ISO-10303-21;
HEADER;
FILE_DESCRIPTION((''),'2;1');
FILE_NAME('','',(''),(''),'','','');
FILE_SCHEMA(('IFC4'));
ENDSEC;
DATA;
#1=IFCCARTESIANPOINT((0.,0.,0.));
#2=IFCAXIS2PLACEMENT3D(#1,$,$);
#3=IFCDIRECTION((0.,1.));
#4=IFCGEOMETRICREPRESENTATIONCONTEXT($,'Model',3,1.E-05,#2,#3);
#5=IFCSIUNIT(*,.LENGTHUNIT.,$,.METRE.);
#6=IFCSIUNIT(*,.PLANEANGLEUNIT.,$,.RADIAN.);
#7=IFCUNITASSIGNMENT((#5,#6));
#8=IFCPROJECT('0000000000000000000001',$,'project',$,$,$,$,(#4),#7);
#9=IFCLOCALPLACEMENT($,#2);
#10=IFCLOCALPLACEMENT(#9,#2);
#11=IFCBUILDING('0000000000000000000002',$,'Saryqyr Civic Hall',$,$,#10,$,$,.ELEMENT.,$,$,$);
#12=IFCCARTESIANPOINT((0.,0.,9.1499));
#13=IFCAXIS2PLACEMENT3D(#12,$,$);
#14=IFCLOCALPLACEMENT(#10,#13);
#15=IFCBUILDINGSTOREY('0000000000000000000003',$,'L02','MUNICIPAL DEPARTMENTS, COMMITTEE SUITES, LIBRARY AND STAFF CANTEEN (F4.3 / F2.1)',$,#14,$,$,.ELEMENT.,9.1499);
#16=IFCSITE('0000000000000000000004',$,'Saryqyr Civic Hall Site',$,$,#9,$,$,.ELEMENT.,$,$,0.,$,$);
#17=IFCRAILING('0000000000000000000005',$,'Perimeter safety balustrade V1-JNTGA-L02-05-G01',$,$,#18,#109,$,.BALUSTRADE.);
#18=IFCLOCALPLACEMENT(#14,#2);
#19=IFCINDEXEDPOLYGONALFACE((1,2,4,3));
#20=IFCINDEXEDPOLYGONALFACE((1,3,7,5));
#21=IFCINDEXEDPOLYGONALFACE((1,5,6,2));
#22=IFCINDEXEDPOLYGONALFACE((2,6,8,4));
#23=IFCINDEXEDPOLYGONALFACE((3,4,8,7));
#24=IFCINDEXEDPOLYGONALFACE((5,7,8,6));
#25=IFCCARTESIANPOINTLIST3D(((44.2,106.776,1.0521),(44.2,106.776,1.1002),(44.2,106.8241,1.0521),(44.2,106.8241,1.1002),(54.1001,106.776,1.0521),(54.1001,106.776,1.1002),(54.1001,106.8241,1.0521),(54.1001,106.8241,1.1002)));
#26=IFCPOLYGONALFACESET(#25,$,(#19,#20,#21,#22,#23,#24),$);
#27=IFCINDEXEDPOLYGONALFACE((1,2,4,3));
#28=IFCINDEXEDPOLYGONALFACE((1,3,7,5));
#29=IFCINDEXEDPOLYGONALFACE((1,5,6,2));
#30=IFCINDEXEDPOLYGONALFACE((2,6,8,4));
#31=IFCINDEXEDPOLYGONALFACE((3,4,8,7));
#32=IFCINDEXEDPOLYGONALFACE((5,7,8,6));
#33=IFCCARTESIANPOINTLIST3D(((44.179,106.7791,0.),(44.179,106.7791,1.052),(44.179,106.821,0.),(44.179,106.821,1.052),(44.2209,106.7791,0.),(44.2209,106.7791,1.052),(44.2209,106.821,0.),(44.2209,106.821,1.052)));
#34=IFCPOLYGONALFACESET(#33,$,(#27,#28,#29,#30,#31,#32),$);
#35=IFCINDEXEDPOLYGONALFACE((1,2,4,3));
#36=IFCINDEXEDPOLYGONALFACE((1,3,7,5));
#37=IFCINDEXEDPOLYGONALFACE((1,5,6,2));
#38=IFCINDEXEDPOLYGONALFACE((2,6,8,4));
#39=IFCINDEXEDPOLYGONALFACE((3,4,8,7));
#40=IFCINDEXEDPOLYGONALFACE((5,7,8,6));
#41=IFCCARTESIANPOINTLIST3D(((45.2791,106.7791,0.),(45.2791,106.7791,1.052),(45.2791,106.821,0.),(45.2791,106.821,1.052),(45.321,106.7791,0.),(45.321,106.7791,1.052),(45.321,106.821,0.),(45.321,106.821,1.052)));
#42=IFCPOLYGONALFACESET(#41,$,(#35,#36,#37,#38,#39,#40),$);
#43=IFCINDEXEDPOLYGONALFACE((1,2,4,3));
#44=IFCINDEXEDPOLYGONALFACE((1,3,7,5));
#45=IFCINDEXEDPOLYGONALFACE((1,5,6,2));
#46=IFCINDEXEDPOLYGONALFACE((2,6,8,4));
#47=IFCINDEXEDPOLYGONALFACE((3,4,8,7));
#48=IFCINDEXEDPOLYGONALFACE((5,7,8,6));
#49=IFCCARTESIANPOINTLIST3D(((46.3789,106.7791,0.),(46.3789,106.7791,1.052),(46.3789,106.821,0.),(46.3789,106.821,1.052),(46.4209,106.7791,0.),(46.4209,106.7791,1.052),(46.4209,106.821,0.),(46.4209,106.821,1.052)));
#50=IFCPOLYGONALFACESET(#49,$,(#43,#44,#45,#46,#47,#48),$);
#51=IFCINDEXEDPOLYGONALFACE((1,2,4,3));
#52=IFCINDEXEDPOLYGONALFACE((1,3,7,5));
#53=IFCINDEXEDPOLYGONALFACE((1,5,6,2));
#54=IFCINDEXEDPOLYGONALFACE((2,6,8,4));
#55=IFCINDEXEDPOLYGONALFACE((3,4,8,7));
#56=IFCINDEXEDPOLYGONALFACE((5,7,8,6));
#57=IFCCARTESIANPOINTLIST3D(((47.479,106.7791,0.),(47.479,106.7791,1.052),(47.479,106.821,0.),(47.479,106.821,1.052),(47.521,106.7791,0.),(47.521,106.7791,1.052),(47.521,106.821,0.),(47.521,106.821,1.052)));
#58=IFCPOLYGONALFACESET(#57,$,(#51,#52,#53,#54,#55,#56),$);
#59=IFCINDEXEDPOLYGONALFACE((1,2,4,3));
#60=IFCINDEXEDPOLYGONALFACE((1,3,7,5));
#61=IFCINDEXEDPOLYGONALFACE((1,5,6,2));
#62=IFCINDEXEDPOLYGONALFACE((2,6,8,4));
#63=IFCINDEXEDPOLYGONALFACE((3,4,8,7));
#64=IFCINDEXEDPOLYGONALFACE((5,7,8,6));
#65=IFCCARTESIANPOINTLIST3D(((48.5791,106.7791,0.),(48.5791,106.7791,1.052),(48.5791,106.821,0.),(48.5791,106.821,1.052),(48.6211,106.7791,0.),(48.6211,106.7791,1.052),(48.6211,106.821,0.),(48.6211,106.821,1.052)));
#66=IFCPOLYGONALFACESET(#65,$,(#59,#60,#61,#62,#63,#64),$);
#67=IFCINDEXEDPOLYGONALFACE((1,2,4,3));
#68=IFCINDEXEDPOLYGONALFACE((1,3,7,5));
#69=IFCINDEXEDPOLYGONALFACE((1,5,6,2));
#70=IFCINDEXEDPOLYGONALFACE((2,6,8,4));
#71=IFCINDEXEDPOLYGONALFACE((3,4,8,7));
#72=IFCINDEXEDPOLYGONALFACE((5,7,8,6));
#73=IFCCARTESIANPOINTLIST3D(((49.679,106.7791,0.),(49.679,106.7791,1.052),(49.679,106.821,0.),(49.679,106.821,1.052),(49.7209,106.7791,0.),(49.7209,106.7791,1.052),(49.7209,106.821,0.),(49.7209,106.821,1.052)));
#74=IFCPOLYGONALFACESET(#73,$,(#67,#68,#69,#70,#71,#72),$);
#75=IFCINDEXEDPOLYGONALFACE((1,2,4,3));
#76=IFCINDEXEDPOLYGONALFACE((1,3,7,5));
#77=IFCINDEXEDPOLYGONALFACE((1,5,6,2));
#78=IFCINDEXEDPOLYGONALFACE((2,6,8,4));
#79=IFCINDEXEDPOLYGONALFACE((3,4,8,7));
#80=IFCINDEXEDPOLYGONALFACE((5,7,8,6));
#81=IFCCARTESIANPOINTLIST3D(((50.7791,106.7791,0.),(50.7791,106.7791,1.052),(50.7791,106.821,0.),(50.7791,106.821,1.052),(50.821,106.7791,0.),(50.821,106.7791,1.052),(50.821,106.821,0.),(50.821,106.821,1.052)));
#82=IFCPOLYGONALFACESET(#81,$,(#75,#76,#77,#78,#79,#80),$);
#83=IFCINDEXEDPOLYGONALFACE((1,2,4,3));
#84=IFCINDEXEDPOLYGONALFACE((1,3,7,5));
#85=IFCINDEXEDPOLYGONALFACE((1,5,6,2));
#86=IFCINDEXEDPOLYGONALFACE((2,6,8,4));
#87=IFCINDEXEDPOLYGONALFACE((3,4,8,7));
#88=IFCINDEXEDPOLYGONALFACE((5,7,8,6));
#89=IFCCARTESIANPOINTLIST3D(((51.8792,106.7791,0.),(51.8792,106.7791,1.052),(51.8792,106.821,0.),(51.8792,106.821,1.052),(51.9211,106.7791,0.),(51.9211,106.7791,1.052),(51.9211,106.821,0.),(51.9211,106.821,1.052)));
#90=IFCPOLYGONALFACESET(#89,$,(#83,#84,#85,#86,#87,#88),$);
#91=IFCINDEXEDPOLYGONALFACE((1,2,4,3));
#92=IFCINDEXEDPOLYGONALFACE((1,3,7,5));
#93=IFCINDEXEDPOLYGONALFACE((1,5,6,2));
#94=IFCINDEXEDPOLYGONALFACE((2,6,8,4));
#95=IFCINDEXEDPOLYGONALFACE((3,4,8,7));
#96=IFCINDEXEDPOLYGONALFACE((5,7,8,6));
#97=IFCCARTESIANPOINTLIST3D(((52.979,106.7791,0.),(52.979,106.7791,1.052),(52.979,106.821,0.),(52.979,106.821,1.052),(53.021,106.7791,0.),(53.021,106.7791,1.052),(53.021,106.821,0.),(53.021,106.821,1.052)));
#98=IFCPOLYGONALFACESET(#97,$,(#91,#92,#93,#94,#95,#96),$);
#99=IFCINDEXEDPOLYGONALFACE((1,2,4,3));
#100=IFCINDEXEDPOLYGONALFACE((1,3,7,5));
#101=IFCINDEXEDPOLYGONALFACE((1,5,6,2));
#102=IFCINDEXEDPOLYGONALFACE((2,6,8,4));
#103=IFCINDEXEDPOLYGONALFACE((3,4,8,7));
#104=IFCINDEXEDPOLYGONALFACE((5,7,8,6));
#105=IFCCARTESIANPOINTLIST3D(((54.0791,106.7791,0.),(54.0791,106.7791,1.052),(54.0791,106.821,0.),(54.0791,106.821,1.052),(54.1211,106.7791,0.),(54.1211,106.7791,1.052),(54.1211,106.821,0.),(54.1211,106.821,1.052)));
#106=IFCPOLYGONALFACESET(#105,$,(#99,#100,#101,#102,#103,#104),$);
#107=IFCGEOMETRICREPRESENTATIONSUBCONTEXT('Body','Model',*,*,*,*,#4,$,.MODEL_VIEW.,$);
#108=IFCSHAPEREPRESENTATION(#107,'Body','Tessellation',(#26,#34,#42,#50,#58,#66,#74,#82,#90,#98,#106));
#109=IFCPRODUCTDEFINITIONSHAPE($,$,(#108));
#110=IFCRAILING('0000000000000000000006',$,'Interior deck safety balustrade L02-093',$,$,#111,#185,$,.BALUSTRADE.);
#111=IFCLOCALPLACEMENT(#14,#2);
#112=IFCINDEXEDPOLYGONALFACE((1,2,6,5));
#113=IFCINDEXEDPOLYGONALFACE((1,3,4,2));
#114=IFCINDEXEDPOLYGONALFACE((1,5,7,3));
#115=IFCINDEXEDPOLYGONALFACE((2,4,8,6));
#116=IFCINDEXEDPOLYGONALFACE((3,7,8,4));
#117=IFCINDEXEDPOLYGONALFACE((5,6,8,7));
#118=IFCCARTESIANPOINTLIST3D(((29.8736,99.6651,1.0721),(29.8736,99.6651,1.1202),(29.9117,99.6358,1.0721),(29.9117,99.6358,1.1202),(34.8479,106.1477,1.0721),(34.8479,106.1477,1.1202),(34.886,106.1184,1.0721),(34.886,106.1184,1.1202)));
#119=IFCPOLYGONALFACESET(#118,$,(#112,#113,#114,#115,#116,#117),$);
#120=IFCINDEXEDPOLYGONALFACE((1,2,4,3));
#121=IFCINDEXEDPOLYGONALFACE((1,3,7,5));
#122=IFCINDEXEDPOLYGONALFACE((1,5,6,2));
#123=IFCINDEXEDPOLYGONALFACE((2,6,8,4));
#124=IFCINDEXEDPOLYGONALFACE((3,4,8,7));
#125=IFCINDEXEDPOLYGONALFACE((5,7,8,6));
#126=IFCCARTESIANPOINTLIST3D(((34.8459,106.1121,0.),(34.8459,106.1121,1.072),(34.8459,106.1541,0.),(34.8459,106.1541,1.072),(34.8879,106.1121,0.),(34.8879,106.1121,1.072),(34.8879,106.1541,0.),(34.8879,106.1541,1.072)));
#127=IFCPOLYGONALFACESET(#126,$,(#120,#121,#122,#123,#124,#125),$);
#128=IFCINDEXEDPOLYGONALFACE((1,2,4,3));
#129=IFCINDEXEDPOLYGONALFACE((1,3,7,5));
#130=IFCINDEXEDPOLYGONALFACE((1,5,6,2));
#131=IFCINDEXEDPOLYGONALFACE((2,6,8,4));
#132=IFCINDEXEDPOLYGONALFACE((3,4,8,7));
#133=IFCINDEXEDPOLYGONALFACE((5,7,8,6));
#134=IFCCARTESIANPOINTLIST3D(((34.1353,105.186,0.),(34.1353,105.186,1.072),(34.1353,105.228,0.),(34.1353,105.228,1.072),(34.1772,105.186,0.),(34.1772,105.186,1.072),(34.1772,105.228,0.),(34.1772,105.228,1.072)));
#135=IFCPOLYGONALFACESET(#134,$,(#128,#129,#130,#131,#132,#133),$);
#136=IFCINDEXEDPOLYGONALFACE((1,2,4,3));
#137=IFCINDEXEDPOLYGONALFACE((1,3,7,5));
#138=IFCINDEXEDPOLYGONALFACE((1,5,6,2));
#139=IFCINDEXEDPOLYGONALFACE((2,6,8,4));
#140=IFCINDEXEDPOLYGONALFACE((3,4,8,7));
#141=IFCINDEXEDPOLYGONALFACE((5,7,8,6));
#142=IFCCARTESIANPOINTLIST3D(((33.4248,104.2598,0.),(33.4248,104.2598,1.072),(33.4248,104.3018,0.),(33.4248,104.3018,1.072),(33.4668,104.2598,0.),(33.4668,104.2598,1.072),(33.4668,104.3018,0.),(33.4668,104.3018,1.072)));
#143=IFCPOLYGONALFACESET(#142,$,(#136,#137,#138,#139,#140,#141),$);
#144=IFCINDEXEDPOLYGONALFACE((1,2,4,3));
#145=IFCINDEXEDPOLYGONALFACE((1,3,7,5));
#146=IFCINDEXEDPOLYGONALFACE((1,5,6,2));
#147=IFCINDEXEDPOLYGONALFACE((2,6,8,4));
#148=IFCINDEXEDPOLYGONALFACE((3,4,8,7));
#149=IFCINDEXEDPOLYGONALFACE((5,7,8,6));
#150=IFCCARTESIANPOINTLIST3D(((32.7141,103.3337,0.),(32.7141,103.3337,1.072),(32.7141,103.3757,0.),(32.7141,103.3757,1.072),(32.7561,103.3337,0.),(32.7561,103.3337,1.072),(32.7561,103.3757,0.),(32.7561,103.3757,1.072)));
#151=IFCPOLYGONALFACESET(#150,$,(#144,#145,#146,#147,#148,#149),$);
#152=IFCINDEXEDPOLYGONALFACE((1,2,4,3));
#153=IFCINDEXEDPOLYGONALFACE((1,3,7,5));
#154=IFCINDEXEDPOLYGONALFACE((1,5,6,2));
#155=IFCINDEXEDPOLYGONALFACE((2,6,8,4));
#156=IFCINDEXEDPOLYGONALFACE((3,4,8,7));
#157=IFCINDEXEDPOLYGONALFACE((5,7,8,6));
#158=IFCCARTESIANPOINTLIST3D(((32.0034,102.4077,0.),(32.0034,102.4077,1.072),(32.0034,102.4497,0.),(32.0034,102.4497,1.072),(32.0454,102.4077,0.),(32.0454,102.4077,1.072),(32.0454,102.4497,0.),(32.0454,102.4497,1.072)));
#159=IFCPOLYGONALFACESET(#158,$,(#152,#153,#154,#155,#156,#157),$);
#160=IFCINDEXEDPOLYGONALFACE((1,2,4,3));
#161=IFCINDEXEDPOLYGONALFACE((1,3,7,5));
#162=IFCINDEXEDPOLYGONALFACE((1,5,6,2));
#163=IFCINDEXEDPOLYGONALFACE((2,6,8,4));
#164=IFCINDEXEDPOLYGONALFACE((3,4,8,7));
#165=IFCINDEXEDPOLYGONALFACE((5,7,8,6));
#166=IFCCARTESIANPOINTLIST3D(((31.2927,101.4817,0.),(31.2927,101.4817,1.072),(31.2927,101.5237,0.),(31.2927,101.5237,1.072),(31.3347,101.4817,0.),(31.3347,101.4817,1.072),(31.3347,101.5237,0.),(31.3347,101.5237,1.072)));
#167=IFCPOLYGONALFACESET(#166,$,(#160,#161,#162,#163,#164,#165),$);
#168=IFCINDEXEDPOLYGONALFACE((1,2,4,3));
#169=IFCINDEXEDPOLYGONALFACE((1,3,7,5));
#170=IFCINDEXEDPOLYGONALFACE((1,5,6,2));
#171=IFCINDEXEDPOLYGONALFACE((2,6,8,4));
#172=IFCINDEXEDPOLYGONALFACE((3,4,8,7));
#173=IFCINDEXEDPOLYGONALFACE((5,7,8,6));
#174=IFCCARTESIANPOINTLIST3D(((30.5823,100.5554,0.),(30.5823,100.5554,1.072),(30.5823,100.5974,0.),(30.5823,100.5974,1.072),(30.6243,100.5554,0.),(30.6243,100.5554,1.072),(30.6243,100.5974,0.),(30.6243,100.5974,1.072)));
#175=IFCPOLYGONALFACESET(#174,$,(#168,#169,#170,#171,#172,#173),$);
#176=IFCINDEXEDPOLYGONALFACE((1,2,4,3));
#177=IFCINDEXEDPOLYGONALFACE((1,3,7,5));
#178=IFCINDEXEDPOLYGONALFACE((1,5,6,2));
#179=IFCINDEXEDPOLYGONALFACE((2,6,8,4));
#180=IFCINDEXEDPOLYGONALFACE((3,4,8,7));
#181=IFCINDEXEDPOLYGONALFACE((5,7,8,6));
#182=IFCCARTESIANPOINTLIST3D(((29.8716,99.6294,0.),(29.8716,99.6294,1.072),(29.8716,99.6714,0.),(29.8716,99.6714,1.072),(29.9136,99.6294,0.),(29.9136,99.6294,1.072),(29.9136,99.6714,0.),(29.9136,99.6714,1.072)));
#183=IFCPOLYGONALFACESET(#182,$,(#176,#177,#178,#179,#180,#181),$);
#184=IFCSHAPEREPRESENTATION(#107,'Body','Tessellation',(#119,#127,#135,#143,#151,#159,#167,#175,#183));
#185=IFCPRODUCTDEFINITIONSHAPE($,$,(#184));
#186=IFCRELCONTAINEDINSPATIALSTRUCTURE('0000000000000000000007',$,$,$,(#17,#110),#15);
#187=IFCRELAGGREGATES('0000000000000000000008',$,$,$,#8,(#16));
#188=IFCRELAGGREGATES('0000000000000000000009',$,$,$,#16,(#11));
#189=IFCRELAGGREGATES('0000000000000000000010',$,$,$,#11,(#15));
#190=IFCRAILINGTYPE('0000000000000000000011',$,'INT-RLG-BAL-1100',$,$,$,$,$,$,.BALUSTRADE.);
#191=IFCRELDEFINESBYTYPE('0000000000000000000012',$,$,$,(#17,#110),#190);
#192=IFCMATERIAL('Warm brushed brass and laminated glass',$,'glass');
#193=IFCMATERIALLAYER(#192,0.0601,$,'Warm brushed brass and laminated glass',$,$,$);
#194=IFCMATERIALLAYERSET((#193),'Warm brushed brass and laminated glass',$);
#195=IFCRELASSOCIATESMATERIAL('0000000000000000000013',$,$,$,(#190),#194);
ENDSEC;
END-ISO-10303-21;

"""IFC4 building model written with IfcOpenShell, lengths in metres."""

from ifc_helpers import new_model, si_unit, direction, frame, origin, origin_2d, place, context, subcontext, project, spatial, rectangle, extrude, material, layer, layer_set, type_object, element, save


model = new_model("IFC4")

# Units and contexts
model_context = context("Model", 3, precision=1e-05, world=origin(), true_north=direction((0.0, 1.0)))
body_context = subcontext(model_context, "Body", "Model", "MODEL_VIEW")
ifc_project = project(units=[si_unit("LENGTHUNIT", "METRE"), si_unit("PLANEANGLEUNIT", "RADIAN")], contexts=[model_context])

# Site, building, storey
site_placement = place(None, origin())
site = spatial("IfcSite", under=ifc_project, at=site_placement, Name="Saryqyr Civic Hall Site", CompositionType="ELEMENT", RefElevation=0.0)
building_placement = place(site_placement, origin())
building = spatial("IfcBuilding", under=site, at=building_placement, Name="Saryqyr Civic Hall", CompositionType="ELEMENT")
storey_placement = place(building_placement, frame((0.0, 0.0, 9.1499)))
storey = spatial("IfcBuildingStorey", under=building, at=storey_placement, Name="L02", Description="MUNICIPAL DEPARTMENTS, COMMITTEE SUITES, LIBRARY AND STAFF CANTEEN (F4.3 / F2.1)", CompositionType="ELEMENT", Elevation=9.1499)

# Railings
ifc_material_1 = material(Name="Warm brushed brass and laminated glass", Category="glass")
ifc_layer_1 = layer(ifc_material_1, 0.0601, Name="Warm brushed brass and laminated glass")
ifc_layer_set_1 = layer_set([ifc_layer_1], Name="Warm brushed brass and laminated glass")
railing_type_1 = type_object("IfcRailingType", Name="INT-RLG-BAL-1100", PredefinedType="BALUSTRADE", material=ifc_layer_set_1)
railing_1_placement = place(storey_placement, frame((44.2, 106.8, 0.0)))
element("IfcRailing", 1, at=railing_1_placement, inside=storey, type_object=railing_type_1, Name="Perimeter safety balustrade V1-JNTGA-L02-05-G01", PredefinedType="BALUSTRADE", context=body_context, shape_type="SweptSolid", body=[
    extrude(rectangle(XDim=0.0481, YDim=0.0481, at=origin_2d()), frame((0.0, 0.0, 1.0762), z_axis=(1.0, 0.0, 0.0), x_axis=(0.0, 1.0, 0.0)), (0.0, 0.0, 1.0), 9.9001),
    extrude(rectangle(XDim=0.042, YDim=0.042, at=origin_2d()), origin(), (0.0, 0.0, 1.0), 1.052),
    extrude(rectangle(XDim=0.042, YDim=0.042, at=origin_2d()), frame((1.1001, 0.0, 0.0)), (0.0, 0.0, 1.0), 1.052),
    extrude(rectangle(XDim=0.042, YDim=0.042, at=origin_2d()), frame((2.2, 0.0, 0.0)), (0.0, 0.0, 1.0), 1.052),
    extrude(rectangle(XDim=0.042, YDim=0.042, at=origin_2d()), frame((3.3, 0.0, 0.0)), (0.0, 0.0, 1.0), 1.052),
    extrude(rectangle(XDim=0.042, YDim=0.042, at=origin_2d()), frame((4.4001, 0.0, 0.0)), (0.0, 0.0, 1.0), 1.052),
    extrude(rectangle(XDim=0.042, YDim=0.042, at=origin_2d()), frame((5.5, 0.0, 0.0)), (0.0, 0.0, 1.0), 1.052),
    extrude(rectangle(XDim=0.042, YDim=0.042, at=origin_2d()), frame((6.6001, 0.0, 0.0)), (0.0, 0.0, 1.0), 1.052),
    extrude(rectangle(XDim=0.042, YDim=0.042, at=origin_2d()), frame((7.7002, 0.0, 0.0)), (0.0, 0.0, 1.0), 1.052),
    extrude(rectangle(XDim=0.042, YDim=0.042, at=origin_2d()), frame((8.8, 0.0, 0.0)), (0.0, 0.0, 1.0), 1.052),
    extrude(rectangle(XDim=0.042, YDim=0.042, at=origin_2d()), frame((9.9001, 0.0, 0.0)), (0.0, 0.0, 1.0), 1.052),
])
railing_2_placement = place(storey_placement, frame((34.8669, 106.1331, 0.0)))
element("IfcRailing", 2, at=railing_2_placement, inside=storey, type_object=railing_type_1, Name="Interior deck safety balustrade L02-093", PredefinedType="BALUSTRADE", context=body_context, shape_type="SweptSolid", body=[
    extrude(rectangle(XDim=0.0481, YDim=0.0481, at=origin_2d()), frame((0.0, 0.0, 1.0962), z_axis=(-0.608765, -0.793351, 0.0), x_axis=(0.793351, -0.608765, 0.0)), (0.0, 0.0, 1.0), 8.1711),
    extrude(rectangle(XDim=0.042, YDim=0.042, at=origin_2d()), origin(), (0.0, 0.0, 1.0), 1.072),
    extrude(rectangle(XDim=0.042, YDim=0.042, at=origin_2d()), frame((-0.7107, -0.926, 0.0)), (0.0, 0.0, 1.0), 1.072),
    extrude(rectangle(XDim=0.042, YDim=0.042, at=origin_2d()), frame((-1.4211, -1.8523, 0.0)), (0.0, 0.0, 1.0), 1.072),
    extrude(rectangle(XDim=0.042, YDim=0.042, at=origin_2d()), frame((-2.1318, -2.7783, 0.0)), (0.0, 0.0, 1.0), 1.072),
    extrude(rectangle(XDim=0.042, YDim=0.042, at=origin_2d()), frame((-2.8425, -3.7043, 0.0)), (0.0, 0.0, 1.0), 1.072),
    extrude(rectangle(XDim=0.042, YDim=0.042, at=origin_2d()), frame((-3.5532, -4.6304, 0.0)), (0.0, 0.0, 1.0), 1.072),
    extrude(rectangle(XDim=0.042, YDim=0.042, at=origin_2d()), frame((-4.2637, -5.5566, 0.0)), (0.0, 0.0, 1.0), 1.072),
    extrude(rectangle(XDim=0.042, YDim=0.042, at=origin_2d()), frame((-4.9744, -6.4827, 0.0)), (0.0, 0.0, 1.0), 1.072),
])

save(model, "model.ifc")
